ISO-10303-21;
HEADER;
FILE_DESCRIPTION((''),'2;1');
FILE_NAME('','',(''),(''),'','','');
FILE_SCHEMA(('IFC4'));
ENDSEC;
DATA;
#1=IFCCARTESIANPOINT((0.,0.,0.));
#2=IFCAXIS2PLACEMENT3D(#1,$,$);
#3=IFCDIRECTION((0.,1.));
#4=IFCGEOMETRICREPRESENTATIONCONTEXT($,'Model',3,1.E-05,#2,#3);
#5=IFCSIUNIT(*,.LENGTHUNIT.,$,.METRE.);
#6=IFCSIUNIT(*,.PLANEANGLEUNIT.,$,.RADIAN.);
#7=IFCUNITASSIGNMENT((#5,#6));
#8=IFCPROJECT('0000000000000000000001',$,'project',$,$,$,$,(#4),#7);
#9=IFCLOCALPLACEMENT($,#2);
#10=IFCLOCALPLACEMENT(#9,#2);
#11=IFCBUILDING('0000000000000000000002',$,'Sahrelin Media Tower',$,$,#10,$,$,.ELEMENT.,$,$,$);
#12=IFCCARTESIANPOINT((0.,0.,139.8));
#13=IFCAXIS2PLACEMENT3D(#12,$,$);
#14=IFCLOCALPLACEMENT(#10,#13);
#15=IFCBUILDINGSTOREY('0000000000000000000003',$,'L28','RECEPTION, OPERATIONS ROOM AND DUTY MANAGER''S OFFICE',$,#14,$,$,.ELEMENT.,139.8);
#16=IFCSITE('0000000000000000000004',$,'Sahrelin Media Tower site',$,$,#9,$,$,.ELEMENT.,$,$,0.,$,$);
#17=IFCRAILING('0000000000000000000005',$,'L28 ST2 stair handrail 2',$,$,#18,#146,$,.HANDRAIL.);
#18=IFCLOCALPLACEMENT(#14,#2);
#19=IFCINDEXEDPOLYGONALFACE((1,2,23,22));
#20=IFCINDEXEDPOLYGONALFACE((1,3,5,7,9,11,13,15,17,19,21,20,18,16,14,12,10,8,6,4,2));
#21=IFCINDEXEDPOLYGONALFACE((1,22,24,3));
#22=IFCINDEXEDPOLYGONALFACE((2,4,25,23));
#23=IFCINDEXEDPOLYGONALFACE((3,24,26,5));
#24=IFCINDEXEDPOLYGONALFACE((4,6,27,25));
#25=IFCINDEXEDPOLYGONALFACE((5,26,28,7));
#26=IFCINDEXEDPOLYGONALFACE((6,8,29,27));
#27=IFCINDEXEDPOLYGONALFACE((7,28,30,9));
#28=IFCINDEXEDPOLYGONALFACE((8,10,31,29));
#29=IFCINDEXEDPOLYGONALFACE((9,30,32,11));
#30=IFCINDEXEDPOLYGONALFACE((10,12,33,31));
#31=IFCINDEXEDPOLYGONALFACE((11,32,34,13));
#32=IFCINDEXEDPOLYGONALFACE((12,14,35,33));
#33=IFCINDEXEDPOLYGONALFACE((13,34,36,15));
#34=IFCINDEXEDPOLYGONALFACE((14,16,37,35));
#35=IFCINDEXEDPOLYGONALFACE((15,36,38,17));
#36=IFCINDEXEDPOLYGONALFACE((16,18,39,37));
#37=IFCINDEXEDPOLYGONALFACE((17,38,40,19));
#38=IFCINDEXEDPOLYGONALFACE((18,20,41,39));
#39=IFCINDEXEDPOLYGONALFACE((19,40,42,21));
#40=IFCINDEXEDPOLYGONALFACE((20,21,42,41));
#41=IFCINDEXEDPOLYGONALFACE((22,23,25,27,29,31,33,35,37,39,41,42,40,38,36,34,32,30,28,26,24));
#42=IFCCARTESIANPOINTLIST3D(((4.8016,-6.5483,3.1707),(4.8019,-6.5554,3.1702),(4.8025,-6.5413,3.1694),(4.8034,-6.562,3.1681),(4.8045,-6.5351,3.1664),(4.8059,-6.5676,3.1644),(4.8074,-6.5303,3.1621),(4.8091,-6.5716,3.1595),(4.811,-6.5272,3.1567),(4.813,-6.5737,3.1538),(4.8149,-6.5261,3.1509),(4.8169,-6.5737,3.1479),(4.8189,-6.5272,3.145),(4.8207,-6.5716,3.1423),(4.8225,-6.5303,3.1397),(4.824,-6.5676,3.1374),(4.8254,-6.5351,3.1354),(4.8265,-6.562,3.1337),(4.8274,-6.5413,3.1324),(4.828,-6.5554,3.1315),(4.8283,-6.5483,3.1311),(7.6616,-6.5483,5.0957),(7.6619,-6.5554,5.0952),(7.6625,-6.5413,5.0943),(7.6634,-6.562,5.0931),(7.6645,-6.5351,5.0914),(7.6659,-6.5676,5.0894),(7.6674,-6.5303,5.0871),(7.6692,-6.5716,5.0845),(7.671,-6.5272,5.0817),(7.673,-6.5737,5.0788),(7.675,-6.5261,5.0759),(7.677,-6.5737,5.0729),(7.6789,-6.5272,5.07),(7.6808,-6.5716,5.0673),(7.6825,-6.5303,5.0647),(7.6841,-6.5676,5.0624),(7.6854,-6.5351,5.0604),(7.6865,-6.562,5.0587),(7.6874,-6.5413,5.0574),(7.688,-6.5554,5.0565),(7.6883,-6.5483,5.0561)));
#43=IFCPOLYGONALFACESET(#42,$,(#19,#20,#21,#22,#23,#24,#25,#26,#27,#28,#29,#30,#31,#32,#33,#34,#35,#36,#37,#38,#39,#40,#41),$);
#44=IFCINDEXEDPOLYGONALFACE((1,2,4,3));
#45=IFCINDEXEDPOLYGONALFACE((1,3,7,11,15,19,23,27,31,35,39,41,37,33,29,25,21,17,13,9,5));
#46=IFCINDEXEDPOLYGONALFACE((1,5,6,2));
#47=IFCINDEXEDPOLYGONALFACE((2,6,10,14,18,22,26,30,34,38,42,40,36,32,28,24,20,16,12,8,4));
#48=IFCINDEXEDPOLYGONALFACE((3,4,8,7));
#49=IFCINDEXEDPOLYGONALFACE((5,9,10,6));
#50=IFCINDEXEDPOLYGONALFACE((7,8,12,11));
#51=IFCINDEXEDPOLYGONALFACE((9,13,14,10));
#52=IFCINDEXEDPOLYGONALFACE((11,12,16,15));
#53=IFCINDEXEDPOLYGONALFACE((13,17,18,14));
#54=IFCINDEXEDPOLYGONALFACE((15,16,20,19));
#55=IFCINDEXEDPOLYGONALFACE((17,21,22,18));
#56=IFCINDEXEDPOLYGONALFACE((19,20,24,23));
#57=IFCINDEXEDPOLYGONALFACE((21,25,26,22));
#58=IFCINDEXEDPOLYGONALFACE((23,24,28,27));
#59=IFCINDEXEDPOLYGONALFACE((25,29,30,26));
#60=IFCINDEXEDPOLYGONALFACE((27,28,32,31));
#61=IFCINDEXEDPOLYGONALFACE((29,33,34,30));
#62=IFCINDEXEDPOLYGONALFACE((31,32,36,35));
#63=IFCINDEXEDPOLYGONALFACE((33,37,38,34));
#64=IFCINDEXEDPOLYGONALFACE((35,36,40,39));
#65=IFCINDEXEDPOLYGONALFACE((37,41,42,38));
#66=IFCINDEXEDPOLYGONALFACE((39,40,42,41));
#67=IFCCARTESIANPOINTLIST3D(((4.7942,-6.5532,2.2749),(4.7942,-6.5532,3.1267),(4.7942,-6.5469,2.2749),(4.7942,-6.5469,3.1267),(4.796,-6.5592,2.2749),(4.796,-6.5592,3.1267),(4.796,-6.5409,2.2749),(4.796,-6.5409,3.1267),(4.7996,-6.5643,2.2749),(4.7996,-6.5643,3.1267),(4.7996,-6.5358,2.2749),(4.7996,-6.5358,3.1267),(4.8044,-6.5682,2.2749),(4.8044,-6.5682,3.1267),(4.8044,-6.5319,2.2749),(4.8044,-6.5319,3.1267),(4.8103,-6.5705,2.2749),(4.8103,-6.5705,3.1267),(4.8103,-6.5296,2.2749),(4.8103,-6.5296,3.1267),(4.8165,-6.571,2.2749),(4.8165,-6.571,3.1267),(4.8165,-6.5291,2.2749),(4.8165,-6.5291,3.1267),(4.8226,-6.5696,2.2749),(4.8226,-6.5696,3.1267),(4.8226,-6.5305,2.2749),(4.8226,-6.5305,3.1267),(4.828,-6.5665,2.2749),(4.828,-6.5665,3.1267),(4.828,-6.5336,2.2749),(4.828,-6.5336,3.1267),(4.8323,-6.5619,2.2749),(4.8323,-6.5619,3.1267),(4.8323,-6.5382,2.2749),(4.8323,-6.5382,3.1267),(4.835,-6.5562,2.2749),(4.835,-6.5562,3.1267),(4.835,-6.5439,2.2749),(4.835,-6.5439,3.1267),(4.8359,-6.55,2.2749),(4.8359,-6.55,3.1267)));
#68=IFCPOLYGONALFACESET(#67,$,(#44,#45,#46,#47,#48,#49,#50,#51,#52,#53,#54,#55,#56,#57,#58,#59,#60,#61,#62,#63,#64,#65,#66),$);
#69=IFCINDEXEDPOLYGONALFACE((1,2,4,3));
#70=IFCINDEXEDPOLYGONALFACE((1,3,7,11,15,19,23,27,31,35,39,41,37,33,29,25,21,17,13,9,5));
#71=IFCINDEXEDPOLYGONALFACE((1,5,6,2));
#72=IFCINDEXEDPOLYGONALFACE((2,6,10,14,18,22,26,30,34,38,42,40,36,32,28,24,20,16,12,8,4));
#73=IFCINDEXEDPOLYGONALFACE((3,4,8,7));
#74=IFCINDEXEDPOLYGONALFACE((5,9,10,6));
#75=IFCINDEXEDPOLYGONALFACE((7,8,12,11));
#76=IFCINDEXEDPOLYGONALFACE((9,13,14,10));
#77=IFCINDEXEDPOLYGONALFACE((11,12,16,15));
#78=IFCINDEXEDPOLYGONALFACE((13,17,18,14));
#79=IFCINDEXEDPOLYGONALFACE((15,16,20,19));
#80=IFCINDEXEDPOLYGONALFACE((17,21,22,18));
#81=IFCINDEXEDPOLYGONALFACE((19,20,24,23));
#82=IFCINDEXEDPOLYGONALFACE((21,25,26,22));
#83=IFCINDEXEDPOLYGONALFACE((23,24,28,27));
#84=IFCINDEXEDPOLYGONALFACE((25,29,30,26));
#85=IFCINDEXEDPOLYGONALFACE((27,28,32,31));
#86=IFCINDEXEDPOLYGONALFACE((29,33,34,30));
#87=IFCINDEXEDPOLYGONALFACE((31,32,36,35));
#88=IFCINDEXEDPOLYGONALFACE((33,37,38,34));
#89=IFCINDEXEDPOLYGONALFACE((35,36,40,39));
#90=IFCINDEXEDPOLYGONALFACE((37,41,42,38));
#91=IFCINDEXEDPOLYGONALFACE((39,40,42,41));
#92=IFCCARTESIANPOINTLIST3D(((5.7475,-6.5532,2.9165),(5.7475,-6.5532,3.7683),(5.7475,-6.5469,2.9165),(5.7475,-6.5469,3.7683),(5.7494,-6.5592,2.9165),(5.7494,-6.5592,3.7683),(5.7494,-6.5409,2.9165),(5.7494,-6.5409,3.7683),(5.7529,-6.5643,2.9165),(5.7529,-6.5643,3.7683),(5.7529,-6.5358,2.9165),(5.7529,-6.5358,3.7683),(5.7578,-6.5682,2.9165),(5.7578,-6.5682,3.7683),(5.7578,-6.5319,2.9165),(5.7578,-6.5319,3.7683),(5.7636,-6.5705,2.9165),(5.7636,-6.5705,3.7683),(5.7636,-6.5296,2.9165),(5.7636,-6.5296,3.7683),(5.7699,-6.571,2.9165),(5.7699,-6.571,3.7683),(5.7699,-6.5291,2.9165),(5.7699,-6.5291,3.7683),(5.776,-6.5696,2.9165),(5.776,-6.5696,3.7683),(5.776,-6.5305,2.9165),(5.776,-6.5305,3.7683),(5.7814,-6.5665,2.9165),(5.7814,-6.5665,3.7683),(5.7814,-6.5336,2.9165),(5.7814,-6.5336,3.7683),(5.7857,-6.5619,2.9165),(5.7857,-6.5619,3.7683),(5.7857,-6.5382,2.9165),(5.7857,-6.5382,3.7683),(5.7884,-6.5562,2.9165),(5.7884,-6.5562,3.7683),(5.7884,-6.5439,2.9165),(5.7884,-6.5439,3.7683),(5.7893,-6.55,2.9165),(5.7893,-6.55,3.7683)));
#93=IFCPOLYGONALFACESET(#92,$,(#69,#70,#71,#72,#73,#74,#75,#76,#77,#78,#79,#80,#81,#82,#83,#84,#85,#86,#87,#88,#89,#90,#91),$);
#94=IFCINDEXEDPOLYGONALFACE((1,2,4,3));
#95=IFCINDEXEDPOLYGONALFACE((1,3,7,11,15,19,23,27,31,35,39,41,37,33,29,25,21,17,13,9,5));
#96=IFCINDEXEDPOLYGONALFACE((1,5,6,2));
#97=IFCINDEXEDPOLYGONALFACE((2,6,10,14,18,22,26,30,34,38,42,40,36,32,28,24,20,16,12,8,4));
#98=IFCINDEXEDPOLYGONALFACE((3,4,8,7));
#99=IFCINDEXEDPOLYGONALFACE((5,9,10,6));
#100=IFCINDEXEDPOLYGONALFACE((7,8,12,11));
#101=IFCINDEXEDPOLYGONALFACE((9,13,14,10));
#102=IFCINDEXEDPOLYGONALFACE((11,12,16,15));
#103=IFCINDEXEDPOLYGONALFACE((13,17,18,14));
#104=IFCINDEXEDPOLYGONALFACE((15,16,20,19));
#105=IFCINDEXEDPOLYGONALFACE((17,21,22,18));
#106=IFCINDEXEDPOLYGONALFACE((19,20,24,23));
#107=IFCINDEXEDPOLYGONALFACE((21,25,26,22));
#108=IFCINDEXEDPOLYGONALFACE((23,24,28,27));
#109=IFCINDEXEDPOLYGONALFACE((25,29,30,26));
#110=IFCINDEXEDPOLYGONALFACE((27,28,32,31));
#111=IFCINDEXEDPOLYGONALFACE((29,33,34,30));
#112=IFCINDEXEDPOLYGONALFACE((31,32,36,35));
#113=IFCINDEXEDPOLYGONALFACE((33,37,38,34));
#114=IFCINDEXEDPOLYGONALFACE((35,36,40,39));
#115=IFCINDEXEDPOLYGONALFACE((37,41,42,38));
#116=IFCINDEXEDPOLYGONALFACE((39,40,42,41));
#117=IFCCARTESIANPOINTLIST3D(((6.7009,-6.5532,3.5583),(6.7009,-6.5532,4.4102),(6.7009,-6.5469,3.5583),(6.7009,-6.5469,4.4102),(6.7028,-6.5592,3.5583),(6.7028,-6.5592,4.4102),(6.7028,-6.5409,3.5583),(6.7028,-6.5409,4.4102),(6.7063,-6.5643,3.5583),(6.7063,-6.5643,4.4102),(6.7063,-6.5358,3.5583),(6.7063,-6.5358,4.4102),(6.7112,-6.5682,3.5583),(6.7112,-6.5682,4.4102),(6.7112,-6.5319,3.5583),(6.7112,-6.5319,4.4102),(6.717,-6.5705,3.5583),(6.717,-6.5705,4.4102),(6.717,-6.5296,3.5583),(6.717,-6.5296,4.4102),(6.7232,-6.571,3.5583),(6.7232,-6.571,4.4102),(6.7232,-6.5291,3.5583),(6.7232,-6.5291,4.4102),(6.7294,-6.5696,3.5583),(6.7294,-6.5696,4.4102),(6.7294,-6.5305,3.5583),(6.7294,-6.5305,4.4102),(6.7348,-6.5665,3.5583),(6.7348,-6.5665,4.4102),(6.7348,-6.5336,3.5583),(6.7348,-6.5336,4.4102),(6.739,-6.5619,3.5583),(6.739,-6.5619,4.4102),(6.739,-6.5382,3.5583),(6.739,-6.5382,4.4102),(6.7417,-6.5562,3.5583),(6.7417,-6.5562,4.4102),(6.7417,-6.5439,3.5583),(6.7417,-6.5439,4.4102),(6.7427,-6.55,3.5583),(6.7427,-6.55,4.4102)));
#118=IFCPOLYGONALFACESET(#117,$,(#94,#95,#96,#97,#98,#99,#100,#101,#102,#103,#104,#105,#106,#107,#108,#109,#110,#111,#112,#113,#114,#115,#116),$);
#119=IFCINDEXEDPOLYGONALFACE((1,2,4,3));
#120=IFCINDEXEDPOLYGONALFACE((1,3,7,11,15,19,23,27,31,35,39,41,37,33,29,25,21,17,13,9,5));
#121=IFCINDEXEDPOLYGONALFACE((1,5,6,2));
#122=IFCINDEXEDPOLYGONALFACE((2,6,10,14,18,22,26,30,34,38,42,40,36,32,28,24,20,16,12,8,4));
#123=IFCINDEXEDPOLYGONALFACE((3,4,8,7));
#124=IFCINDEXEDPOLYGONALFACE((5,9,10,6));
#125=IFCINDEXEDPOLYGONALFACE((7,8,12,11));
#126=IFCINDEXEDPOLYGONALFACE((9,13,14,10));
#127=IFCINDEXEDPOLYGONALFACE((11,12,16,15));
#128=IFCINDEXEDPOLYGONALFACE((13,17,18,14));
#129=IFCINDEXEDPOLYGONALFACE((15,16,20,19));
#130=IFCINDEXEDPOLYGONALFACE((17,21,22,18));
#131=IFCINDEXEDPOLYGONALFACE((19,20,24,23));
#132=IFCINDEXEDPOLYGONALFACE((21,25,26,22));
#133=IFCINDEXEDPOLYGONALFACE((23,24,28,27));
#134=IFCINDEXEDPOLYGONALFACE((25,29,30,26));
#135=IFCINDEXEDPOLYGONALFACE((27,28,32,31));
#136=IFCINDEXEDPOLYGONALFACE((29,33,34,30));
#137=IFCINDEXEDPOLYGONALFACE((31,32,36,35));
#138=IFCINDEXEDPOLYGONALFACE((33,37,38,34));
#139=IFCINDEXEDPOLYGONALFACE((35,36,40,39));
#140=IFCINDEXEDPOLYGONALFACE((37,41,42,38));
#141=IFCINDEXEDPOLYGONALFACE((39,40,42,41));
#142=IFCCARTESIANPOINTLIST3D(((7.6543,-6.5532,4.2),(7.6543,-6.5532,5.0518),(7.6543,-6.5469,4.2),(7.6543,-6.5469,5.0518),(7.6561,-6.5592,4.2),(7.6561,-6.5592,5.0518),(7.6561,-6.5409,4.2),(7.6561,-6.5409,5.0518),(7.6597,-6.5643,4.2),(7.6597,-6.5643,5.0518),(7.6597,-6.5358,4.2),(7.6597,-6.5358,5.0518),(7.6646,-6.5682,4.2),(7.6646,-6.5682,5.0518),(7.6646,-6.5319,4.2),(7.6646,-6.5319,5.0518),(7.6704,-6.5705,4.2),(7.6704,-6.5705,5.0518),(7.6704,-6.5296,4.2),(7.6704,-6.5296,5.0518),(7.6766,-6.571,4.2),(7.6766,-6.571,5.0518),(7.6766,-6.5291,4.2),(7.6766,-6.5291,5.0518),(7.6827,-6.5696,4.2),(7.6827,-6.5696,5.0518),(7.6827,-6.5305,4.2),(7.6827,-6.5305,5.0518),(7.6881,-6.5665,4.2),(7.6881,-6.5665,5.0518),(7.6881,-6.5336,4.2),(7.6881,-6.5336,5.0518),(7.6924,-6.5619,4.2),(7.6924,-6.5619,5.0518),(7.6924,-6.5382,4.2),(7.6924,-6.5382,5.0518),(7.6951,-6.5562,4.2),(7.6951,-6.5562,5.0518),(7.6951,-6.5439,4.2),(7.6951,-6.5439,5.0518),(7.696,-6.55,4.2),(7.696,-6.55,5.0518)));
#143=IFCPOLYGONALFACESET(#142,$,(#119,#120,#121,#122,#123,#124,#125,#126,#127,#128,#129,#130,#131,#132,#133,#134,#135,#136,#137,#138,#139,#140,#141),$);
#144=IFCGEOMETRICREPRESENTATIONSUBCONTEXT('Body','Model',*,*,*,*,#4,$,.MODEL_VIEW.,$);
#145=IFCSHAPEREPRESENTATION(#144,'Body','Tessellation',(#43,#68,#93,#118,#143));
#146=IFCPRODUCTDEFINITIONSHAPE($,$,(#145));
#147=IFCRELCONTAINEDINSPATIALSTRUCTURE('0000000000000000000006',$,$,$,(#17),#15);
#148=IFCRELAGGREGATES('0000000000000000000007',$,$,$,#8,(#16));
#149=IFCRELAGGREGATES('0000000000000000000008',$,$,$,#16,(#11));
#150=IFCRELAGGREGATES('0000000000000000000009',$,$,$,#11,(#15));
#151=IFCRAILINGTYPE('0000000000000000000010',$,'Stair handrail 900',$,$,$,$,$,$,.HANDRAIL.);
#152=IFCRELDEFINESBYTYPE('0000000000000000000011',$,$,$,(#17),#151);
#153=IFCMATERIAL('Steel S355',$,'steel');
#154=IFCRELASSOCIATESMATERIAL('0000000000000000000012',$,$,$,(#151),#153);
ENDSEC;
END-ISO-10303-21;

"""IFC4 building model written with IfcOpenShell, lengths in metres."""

from ifc_helpers import new_model, si_unit, direction, frame, origin, origin_2d, place, context, subcontext, project, spatial, circle, extrude, material, type_object, element, save


model = new_model("IFC4")

# Units and contexts
model_context = context("Model", 3, precision=1e-05, world=origin(), true_north=direction((0.0, 1.0)))
body_context = subcontext(model_context, "Body", "Model", "MODEL_VIEW")
ifc_project = project(units=[si_unit("LENGTHUNIT", "METRE"), si_unit("PLANEANGLEUNIT", "RADIAN")], contexts=[model_context])

# Site, building, storey
site_placement = place(None, origin())
site = spatial("IfcSite", under=ifc_project, at=site_placement, Name="Sahrelin Media Tower site", CompositionType="ELEMENT", RefElevation=0.0)
building_placement = place(site_placement, origin())
building = spatial("IfcBuilding", under=site, at=building_placement, Name="Sahrelin Media Tower", CompositionType="ELEMENT")
storey_placement = place(building_placement, frame((0.0, 0.0, 139.8)))
storey = spatial("IfcBuildingStorey", under=building, at=storey_placement, Name="L28", Description="RECEPTION, OPERATIONS ROOM AND DUTY MANAGER'S OFFICE", CompositionType="ELEMENT", Elevation=139.8)

# Shared definitions
ifc_material_1 = material(Name="Steel S355", Category="steel")

# Railing
railing_type_1 = type_object("IfcRailingType", Name="Stair handrail 900", PredefinedType="HANDRAIL", material=ifc_material_1)
railing_1_placement = place(storey_placement, frame((4.8149, -6.55, 2.2749)))
element("IfcRailing", 1, at=railing_1_placement, inside=storey, type_object=railing_type_1, Name="L28 ST2 stair handrail 2", PredefinedType="HANDRAIL", context=body_context, shape_type="SweptSolid", body=[
    extrude(circle(Radius=0.0239, at=origin_2d()), frame((0.0, 0.0, 0.876), z_axis=(0.829591, 0.0, 0.558372), x_axis=(0.0, 1.0, 0.0)), (0.0, 0.0, 1.0), 3.4475),
    extrude(circle(Radius=0.021, at=origin_2d()), origin(), (0.0, 0.0, 1.0), 0.8518),
    extrude(circle(Radius=0.021, at=origin_2d()), frame((0.9534, 0.0, 0.6416)), (0.0, 0.0, 1.0), 0.8518),
    extrude(circle(Radius=0.021, at=origin_2d()), frame((1.9067, 0.0, 1.2834)), (0.0, 0.0, 1.0), 0.8518),
    extrude(circle(Radius=0.021, at=origin_2d()), frame((2.8601, 0.0, 1.925)), (0.0, 0.0, 1.0), 0.8518),
])

save(model, "model.ifc")
